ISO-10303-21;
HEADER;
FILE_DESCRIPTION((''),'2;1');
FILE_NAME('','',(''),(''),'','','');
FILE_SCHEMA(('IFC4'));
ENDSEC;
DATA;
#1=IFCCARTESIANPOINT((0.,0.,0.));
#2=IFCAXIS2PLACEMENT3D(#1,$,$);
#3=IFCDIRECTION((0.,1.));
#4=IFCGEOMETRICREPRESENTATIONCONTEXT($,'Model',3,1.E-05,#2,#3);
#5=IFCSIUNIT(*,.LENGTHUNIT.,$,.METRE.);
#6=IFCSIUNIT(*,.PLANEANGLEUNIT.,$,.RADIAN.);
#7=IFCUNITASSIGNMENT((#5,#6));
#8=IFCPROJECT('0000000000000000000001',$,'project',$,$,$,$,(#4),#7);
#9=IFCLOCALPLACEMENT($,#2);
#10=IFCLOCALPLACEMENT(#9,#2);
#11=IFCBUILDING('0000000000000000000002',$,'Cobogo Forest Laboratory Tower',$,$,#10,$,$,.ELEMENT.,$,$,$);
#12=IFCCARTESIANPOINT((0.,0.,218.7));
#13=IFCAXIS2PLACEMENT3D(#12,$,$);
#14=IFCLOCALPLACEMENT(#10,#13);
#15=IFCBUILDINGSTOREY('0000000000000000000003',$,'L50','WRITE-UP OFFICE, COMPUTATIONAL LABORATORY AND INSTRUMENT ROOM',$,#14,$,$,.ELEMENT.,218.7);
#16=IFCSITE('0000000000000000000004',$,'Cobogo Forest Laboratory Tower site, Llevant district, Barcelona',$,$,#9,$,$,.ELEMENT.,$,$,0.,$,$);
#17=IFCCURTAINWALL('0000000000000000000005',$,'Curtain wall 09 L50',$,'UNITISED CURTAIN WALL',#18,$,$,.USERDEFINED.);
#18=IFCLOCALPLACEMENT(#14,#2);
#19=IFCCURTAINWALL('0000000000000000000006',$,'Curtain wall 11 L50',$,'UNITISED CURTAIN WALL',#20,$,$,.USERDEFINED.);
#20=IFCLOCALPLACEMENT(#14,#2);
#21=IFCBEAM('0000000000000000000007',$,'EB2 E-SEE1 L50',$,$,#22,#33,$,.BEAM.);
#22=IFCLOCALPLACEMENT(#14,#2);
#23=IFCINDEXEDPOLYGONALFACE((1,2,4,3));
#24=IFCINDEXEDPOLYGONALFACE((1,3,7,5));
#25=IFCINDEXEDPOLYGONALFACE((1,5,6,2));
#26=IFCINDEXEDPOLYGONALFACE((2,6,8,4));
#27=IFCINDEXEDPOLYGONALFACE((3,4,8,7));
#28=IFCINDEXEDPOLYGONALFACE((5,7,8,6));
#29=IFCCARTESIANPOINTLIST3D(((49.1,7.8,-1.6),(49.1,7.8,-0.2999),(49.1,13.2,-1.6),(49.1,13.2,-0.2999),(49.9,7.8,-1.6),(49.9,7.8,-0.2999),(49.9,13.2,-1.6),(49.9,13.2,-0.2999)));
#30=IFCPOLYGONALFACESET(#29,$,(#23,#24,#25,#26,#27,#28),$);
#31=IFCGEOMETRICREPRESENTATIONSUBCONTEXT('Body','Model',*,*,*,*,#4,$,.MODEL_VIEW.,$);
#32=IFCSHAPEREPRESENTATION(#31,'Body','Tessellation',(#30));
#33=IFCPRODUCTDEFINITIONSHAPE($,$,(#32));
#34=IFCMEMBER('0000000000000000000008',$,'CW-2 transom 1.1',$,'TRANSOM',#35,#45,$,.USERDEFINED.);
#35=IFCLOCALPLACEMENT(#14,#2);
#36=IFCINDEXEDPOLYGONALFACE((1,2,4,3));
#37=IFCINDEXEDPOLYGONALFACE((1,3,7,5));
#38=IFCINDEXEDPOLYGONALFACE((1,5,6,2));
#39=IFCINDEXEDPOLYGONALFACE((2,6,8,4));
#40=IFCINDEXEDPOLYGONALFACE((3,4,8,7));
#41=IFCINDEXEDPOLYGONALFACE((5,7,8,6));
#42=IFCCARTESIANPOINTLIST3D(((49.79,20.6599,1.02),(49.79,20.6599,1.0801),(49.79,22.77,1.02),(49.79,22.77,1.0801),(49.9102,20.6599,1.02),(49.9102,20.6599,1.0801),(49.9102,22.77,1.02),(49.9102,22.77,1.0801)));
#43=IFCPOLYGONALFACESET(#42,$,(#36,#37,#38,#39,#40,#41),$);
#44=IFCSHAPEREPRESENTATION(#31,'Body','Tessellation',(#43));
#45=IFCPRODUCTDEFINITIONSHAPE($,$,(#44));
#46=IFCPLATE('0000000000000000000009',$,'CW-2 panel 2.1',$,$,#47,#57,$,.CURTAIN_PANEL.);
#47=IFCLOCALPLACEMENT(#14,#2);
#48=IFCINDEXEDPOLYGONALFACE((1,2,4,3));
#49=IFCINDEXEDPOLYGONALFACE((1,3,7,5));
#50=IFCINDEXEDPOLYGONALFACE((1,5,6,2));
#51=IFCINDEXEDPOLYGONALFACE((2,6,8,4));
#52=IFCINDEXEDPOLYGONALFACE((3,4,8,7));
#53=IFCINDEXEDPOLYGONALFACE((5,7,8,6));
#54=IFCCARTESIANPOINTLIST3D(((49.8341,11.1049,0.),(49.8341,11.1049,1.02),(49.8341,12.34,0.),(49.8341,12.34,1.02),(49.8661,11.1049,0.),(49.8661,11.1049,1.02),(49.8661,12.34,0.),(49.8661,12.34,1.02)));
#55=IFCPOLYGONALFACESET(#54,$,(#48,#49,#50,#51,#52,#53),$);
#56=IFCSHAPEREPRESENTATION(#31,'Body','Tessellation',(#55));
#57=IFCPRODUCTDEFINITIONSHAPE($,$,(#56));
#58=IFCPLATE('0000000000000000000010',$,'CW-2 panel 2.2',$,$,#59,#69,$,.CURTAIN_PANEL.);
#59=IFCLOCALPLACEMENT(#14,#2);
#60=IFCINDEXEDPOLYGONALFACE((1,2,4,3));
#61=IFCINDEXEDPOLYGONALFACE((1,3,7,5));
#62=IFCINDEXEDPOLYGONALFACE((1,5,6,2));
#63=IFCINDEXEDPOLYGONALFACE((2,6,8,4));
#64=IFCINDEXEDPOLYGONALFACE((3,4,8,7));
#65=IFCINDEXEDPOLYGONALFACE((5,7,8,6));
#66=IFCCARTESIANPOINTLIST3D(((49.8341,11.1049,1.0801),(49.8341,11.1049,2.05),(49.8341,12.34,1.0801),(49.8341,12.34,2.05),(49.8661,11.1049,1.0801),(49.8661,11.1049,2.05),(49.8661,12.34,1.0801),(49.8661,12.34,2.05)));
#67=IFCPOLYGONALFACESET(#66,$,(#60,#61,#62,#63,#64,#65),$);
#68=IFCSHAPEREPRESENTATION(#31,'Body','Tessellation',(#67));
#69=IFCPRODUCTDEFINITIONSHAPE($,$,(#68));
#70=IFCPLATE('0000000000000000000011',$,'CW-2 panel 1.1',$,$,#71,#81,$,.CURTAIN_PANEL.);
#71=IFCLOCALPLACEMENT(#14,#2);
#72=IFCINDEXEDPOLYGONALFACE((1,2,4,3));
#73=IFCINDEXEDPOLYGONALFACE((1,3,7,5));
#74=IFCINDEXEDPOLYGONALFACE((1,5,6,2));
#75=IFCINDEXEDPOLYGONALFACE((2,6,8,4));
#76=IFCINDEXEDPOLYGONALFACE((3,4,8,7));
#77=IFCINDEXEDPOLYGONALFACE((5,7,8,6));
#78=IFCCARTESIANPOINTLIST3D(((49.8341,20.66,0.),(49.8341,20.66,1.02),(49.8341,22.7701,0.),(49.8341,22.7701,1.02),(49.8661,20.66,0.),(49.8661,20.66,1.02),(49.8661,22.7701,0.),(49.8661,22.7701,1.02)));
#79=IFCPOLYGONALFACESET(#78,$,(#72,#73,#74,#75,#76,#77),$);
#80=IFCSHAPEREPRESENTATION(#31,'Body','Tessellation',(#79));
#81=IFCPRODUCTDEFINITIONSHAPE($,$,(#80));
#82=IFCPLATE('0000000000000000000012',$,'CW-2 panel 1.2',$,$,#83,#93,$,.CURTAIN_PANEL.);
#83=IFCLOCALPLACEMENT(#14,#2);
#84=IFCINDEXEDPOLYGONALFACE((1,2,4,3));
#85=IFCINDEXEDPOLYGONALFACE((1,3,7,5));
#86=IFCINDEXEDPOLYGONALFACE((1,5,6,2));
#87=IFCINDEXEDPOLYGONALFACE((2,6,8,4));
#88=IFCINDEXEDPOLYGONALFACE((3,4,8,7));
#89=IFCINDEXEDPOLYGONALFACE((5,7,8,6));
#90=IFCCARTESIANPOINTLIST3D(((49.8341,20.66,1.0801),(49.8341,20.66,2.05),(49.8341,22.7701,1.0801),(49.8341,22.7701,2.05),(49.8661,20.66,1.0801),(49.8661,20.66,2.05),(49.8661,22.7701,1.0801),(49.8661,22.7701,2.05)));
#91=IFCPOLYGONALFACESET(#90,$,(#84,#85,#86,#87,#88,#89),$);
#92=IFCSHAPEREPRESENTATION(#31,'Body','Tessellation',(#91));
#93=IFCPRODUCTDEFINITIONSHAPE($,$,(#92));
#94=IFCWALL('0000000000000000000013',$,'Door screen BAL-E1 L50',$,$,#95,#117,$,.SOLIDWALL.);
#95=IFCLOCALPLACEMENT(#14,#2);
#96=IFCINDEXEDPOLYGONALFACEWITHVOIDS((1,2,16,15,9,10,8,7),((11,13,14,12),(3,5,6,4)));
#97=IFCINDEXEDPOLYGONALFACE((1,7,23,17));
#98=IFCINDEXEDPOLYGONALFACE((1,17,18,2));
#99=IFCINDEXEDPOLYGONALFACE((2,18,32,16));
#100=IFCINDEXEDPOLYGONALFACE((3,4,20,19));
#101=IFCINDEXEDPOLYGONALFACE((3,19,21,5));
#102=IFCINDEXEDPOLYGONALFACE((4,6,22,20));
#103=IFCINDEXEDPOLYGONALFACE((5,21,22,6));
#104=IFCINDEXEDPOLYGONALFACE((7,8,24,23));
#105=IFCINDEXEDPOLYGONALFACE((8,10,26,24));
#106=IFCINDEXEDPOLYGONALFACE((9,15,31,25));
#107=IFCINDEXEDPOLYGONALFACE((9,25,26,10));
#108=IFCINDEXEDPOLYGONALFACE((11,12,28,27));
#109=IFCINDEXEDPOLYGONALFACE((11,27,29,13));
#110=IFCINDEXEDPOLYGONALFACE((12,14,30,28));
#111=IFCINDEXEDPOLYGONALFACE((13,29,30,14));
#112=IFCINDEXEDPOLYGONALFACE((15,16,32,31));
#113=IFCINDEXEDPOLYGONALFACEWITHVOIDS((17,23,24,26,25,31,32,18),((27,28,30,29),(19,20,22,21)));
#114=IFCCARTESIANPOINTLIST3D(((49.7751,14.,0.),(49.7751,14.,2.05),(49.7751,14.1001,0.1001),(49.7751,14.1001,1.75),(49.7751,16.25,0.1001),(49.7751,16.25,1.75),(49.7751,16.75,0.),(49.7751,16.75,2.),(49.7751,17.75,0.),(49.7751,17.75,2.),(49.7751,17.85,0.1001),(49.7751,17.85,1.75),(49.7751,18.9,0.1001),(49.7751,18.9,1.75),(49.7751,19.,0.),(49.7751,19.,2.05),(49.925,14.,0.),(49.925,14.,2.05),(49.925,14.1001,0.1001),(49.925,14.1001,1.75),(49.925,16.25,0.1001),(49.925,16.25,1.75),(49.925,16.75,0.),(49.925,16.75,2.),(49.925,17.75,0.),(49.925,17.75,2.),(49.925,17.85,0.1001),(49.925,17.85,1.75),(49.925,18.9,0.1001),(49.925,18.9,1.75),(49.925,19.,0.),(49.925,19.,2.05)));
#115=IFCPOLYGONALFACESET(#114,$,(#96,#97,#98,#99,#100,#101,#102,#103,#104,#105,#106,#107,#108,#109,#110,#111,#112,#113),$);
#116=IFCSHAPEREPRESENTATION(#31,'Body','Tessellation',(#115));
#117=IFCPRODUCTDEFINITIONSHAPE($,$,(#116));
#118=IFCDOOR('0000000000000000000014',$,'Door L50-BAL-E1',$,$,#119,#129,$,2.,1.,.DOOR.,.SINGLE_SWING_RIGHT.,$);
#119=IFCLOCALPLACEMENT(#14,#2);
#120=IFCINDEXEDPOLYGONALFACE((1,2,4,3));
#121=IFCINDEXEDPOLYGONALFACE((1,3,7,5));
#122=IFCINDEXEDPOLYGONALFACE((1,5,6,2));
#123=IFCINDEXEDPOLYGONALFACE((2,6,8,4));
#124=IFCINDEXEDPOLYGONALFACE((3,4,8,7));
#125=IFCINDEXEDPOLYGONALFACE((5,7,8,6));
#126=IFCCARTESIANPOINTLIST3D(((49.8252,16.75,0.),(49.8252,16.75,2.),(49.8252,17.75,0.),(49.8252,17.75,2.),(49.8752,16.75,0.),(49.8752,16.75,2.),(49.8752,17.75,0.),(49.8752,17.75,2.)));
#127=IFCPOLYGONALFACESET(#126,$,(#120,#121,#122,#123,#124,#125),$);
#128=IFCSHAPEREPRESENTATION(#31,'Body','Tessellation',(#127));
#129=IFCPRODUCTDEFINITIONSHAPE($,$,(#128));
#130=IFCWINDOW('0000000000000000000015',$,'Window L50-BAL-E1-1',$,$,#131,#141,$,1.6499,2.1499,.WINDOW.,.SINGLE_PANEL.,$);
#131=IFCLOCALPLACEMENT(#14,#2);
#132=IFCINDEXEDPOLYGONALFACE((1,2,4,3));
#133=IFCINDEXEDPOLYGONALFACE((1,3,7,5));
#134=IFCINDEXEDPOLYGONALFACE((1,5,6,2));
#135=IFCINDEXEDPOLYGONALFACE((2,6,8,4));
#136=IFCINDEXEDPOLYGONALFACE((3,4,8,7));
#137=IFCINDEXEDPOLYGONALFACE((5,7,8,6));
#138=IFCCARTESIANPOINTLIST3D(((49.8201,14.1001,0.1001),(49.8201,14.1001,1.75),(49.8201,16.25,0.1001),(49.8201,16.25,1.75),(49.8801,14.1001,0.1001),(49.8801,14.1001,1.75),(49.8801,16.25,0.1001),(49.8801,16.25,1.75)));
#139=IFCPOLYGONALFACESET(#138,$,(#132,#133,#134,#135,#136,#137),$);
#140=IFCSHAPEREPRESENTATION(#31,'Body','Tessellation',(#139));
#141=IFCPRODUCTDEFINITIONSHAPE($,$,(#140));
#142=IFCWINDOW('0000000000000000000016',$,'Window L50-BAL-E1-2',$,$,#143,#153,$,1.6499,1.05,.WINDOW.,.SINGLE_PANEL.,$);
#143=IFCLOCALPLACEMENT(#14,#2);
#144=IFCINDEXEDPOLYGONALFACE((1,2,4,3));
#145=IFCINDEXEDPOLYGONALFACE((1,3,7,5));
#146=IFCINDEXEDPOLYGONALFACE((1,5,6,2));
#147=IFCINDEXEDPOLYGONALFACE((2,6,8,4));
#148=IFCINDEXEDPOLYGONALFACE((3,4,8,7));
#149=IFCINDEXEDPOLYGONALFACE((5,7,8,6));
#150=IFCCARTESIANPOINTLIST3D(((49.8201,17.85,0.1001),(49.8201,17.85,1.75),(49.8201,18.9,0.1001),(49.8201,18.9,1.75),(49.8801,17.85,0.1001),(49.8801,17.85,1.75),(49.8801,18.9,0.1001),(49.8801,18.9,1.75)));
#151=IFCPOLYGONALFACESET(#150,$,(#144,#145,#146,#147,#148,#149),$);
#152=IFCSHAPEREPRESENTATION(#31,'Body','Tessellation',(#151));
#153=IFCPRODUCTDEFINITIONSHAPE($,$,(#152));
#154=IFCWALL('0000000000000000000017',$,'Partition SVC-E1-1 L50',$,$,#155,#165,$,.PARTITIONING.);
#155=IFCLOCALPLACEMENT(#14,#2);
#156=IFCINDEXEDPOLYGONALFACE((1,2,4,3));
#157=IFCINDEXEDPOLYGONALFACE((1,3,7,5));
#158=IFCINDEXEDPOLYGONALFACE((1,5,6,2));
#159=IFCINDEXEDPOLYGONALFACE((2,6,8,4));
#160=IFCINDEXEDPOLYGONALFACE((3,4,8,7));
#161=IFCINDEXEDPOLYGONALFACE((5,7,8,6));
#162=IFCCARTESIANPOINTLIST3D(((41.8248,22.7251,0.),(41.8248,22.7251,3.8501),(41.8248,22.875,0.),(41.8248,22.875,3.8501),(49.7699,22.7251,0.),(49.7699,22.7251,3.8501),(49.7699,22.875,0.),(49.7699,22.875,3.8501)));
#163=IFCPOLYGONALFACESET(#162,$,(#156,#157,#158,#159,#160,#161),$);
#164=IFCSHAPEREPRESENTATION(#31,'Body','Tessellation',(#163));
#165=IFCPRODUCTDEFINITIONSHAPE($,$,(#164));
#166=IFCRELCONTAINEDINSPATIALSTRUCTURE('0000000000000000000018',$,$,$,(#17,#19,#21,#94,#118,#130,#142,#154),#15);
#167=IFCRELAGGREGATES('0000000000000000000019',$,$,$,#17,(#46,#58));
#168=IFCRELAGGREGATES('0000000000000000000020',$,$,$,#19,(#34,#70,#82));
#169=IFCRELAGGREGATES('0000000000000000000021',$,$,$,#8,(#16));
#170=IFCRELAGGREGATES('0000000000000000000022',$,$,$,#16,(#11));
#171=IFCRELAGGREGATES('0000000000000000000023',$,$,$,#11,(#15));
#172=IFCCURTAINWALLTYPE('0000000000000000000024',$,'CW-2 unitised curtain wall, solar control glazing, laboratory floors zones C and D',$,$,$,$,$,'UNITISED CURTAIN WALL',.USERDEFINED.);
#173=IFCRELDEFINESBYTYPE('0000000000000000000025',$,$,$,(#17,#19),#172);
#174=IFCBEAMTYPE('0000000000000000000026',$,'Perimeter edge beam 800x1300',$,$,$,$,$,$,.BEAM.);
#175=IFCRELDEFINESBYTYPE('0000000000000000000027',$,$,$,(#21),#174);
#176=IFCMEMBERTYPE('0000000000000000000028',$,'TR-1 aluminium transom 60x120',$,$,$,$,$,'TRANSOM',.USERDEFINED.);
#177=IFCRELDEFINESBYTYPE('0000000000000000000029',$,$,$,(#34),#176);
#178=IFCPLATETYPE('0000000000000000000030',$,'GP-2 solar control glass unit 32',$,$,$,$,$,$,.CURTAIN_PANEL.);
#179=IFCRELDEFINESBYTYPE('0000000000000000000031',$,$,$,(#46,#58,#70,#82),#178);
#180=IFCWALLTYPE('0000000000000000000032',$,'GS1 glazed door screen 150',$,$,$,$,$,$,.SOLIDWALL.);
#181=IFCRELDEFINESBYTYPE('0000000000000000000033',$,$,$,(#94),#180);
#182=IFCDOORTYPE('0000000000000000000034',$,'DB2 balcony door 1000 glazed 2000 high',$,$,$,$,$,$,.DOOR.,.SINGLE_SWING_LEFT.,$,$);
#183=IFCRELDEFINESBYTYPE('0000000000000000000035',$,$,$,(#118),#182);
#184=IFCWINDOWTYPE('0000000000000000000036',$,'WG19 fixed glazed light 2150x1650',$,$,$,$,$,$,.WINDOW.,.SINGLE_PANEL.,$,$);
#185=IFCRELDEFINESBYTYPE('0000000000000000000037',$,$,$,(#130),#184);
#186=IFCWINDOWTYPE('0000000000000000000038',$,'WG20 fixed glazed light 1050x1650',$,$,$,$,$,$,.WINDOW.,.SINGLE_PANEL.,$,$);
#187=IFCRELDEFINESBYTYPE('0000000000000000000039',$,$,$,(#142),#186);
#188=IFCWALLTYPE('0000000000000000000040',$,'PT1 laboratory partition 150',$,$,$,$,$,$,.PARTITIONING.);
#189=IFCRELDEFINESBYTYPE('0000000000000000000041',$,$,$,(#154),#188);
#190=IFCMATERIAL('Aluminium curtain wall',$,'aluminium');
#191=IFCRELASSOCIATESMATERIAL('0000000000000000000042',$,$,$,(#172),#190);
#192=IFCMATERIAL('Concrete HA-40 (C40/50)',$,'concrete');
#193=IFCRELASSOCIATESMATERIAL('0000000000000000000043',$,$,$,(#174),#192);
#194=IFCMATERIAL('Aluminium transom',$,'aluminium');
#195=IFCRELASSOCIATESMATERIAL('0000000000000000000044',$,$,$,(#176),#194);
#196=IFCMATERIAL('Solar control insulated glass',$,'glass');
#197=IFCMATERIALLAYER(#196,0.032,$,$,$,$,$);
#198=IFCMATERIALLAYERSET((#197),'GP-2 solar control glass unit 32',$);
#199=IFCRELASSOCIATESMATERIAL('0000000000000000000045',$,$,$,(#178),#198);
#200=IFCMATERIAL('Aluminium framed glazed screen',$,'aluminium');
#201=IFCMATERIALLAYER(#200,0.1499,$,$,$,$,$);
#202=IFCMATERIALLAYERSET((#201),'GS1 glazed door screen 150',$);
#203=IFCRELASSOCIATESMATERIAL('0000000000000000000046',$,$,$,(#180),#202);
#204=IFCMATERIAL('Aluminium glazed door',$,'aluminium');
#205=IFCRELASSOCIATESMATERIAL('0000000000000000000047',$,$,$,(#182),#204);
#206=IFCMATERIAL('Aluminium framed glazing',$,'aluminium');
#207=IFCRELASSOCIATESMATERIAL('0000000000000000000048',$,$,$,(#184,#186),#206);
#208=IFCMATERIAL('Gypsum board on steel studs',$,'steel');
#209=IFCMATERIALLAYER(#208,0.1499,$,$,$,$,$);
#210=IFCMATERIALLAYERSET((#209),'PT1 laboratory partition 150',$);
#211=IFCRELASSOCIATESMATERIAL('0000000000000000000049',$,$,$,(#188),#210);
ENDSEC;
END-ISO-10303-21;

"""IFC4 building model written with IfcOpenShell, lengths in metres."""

from ifc_helpers import new_model, si_unit, direction, frame, frame_2d, origin, origin_2d, place, context, subcontext, project, spatial, rectangle, extrude, material, layer, layer_set, material_profile, profile_set, type_object, element, fill, aggregate, save


model = new_model("IFC4")

# Units and contexts
model_context = context("Model", 3, precision=1e-05, world=origin(), true_north=direction((0.0, 1.0)))
body_context = subcontext(model_context, "Body", "Model", "MODEL_VIEW")
ifc_project = project(units=[si_unit("LENGTHUNIT", "METRE"), si_unit("PLANEANGLEUNIT", "RADIAN")], contexts=[model_context])

# Site, building, storey
site_placement = place(None, origin())
site = spatial("IfcSite", under=ifc_project, at=site_placement, Name="Cobogo Forest Laboratory Tower site, Llevant district, Barcelona", CompositionType="ELEMENT", RefElevation=0.0)
building_placement = place(site_placement, origin())
building = spatial("IfcBuilding", under=site, at=building_placement, Name="Cobogo Forest Laboratory Tower", CompositionType="ELEMENT")
storey_placement = place(building_placement, frame((0.0, 0.0, 218.7)))
storey = spatial("IfcBuildingStorey", under=building, at=storey_placement, Name="L50", Description="WRITE-UP OFFICE, COMPUTATIONAL LABORATORY AND INSTRUMENT ROOM", CompositionType="ELEMENT", Elevation=218.7)

# Shared definitions
ifc_material_1 = material(Name="Concrete HA-40 (C40/50)", Category="concrete")

# Curtain wall
ifc_material_2 = material(Name="Aluminium curtain wall", Category="aluminium")
curtain_wall_type = type_object("IfcCurtainWallType", Name="CW-2 unitised curtain wall, solar control glazing, laboratory floors zones C and D", ElementType="UNITISED CURTAIN WALL", PredefinedType="USERDEFINED", material=ifc_material_2)
curtain_wall_1_placement = place(storey_placement, origin())
curtain_wall_1 = element("IfcCurtainWall", 1, at=curtain_wall_1_placement, inside=storey, type_object=curtain_wall_type, Name="Curtain wall 09 L50", ObjectType="UNITISED CURTAIN WALL", PredefinedType="USERDEFINED")

# Curtain wall
curtain_wall_2_placement = place(storey_placement, origin())
curtain_wall_2 = element("IfcCurtainWall", 2, at=curtain_wall_2_placement, inside=storey, type_object=curtain_wall_type, Name="Curtain wall 11 L50", ObjectType="UNITISED CURTAIN WALL", PredefinedType="USERDEFINED")

# Beam
ifc_material_profile_1 = material_profile(ifc_material_1, rectangle(XDim=0.8, YDim=1.3, at=origin_2d()), Name="RC 800x1300")
ifc_profile_set_1 = profile_set([ifc_material_profile_1], Name="Concrete HA-40 (C40/50)")
beam_type_1 = type_object("IfcBeamType", Name="Perimeter edge beam 800x1300", PredefinedType="BEAM", material=ifc_profile_set_1)
beam_1_placement = place(storey_placement, frame((49.5, 13.2, -0.95), z_axis=(0.0, -1.0, 0.0), x_axis=(1.0, 0.0, 0.0)))
element("IfcBeam", 3, at=beam_1_placement, inside=storey, type_object=beam_type_1, Name="EB2 E-SEE1 L50", PredefinedType="BEAM", context=body_context, shape_type="SweptSolid", body=[
    extrude(rectangle(XDim=0.8, YDim=1.3, at=origin_2d()), origin(), (0.0, 0.0, 1.0), 5.3999),
])

# Member
ifc_material_3 = material(Name="Aluminium transom", Category="aluminium")
ifc_material_profile_2 = material_profile(ifc_material_3, rectangle(XDim=0.1201, YDim=0.0601, at=origin_2d()), Name="AL 60x120")
ifc_profile_set_2 = profile_set([ifc_material_profile_2], Name="Aluminium transom")
member_type_1 = type_object("IfcMemberType", Name="TR-1 aluminium transom 60x120", ElementType="TRANSOM", PredefinedType="USERDEFINED", material=ifc_profile_set_2)
member_1_placement = place(storey_placement, frame((49.8501, 20.6599, 1.05), z_axis=(0.0, 1.0, 0.0), x_axis=(-1.0, 0.0, 0.0)))
member_1 = element("IfcMember", 4, at=member_1_placement, type_object=member_type_1, Name="CW-2 transom 1.1", ObjectType="TRANSOM", PredefinedType="USERDEFINED", context=body_context, shape_type="SweptSolid", body=[
    extrude(rectangle(XDim=0.1201, YDim=0.0601, at=origin_2d()), origin(), (0.0, 0.0, 1.0), 2.1101),
])

# Plates
ifc_material_4 = material(Name="Solar control insulated glass", Category="glass")
ifc_layer_1 = layer(ifc_material_4, 0.032)
ifc_layer_set_1 = layer_set([ifc_layer_1], Name="GP-2 solar control glass unit 32")
plate_type = type_object("IfcPlateType", Name="GP-2 solar control glass unit 32", PredefinedType="CURTAIN_PANEL", material=ifc_layer_set_1)
plate_1_placement = place(storey_placement, frame((49.8501, 11.7224, 0.0), z_axis=(0.0, 0.0, 1.0), x_axis=(0.0, 1.0, 0.0)))
plate_1 = element("IfcPlate", 5, at=plate_1_placement, type_object=plate_type, Name="CW-2 panel 2.1", PredefinedType="CURTAIN_PANEL", context=body_context, shape_type="SweptSolid", body=[
    extrude(rectangle(XDim=1.2351, YDim=0.032, at=origin_2d()), origin(), (0.0, 0.0, 1.0), 1.02),
])
plate_2_placement = place(storey_placement, frame((49.8501, 11.7224, 1.0801), z_axis=(0.0, 0.0, 1.0), x_axis=(0.0, 1.0, 0.0)))
plate_2 = element("IfcPlate", 6, at=plate_2_placement, type_object=plate_type, Name="CW-2 panel 2.2", PredefinedType="CURTAIN_PANEL", context=body_context, shape_type="SweptSolid", body=[
    extrude(rectangle(XDim=1.2351, YDim=0.032, at=origin_2d()), origin(), (0.0, 0.0, 1.0), 0.97),
])
aggregate(curtain_wall_1, [plate_1, plate_2])
plate_3_placement = place(storey_placement, frame((49.8501, 21.7151, 0.0), z_axis=(0.0, 0.0, 1.0), x_axis=(0.0, 1.0, 0.0)))
plate_3 = element("IfcPlate", 7, at=plate_3_placement, type_object=plate_type, Name="CW-2 panel 1.1", PredefinedType="CURTAIN_PANEL", context=body_context, shape_type="SweptSolid", body=[
    extrude(rectangle(XDim=2.1101, YDim=0.032, at=origin_2d()), origin(), (0.0, 0.0, 1.0), 1.02),
])
plate_4_placement = place(storey_placement, frame((49.8501, 21.7151, 1.0801), z_axis=(0.0, 0.0, 1.0), x_axis=(0.0, 1.0, 0.0)))
plate_4 = element("IfcPlate", 8, at=plate_4_placement, type_object=plate_type, Name="CW-2 panel 1.2", PredefinedType="CURTAIN_PANEL", context=body_context, shape_type="SweptSolid", body=[
    extrude(rectangle(XDim=2.1101, YDim=0.032, at=origin_2d()), origin(), (0.0, 0.0, 1.0), 0.97),
])
aggregate(curtain_wall_2, [member_1, plate_3, plate_4])

# Wall, openings, door, windows
ifc_material_5 = material(Name="Aluminium framed glazed screen", Category="aluminium")
ifc_layer_2 = layer(ifc_material_5, 0.1499)
ifc_layer_set_2 = layer_set([ifc_layer_2], Name="GS1 glazed door screen 150")
wall_type_1 = type_object("IfcWallType", Name="GS1 glazed door screen 150", PredefinedType="SOLIDWALL", material=ifc_layer_set_2)
wall_1_placement = place(storey_placement, frame((49.8501, 14.0, 0.0), z_axis=(0.0, 0.0, 1.0), x_axis=(0.0, 1.0, 0.0)))
wall_1 = element("IfcWall", 9, at=wall_1_placement, inside=storey, type_object=wall_type_1, Name="Door screen BAL-E1 L50", PredefinedType="SOLIDWALL", context=body_context, shape_type="SweptSolid", body=[
    extrude(rectangle(XDim=5.0, YDim=0.1499, at=frame_2d((2.5, 0.0))), origin(), (0.0, 0.0, 1.0), 2.05),
])
opening_1_placement = place(wall_1_placement, frame((2.75, 0.0, 0.0)))
opening_1 = element("IfcOpeningElement", 10, at=opening_1_placement, cuts=wall_1, PredefinedType="OPENING", context=body_context, shape_type="SweptSolid", body=[
    extrude(rectangle(XDim=1.0, YDim=2.0, at=frame_2d((0.5, 1.0))), frame((0.0, 0.085, 0.0), z_axis=(0.0, -1.0, 0.0), x_axis=(1.0, 0.0, 0.0)), (0.0, 0.0, 1.0), 0.1699),
])
opening_2_placement = place(wall_1_placement, frame((0.1001, 0.0, 0.1001)))
opening_2 = element("IfcOpeningElement", 11, at=opening_2_placement, cuts=wall_1, PredefinedType="OPENING", context=body_context, shape_type="SweptSolid", body=[
    extrude(rectangle(XDim=2.1499, YDim=1.6499, at=frame_2d((1.075, 0.825))), frame((0.0, 0.085, 0.0), z_axis=(0.0, -1.0, 0.0), x_axis=(1.0, 0.0, 0.0)), (0.0, 0.0, 1.0), 0.1699),
])
opening_3_placement = place(wall_1_placement, frame((3.8501, 0.0, 0.1001)))
opening_3 = element("IfcOpeningElement", 12, at=opening_3_placement, cuts=wall_1, PredefinedType="OPENING", context=body_context, shape_type="SweptSolid", body=[
    extrude(rectangle(XDim=1.05, YDim=1.6499, at=frame_2d((0.5249, 0.825))), frame((0.0, 0.085, 0.0), z_axis=(0.0, -1.0, 0.0), x_axis=(1.0, 0.0, 0.0)), (0.0, 0.0, 1.0), 0.1699),
])
ifc_material_6 = material(Name="Aluminium glazed door", Category="aluminium")
door_type = type_object("IfcDoorType", Name="DB2 balcony door 1000 glazed 2000 high", OperationType="SINGLE_SWING_LEFT", PredefinedType="DOOR", material=ifc_material_6)
door_placement = place(opening_1_placement, origin())
door = element("IfcDoor", 13, at=door_placement, inside=storey, type_object=door_type, Name="Door L50-BAL-E1", OperationType="SINGLE_SWING_RIGHT", OverallHeight=2.0, OverallWidth=1.0, PredefinedType="DOOR", context=body_context, shape_type="SweptSolid", body=[
    extrude(rectangle(XDim=1.0, YDim=2.0, at=frame_2d((0.5, 1.0))), frame((0.0, 0.0249, 0.0), z_axis=(0.0, -1.0, 0.0), x_axis=(1.0, 0.0, 0.0)), (0.0, 0.0, 1.0), 0.05),
])
fill(opening_1, door)
ifc_material_7 = material(Name="Aluminium framed glazing", Category="aluminium")
window_type_1 = type_object("IfcWindowType", Name="WG19 fixed glazed light 2150x1650", PartitioningType="SINGLE_PANEL", PredefinedType="WINDOW", material=ifc_material_7)
window_1_placement = place(opening_2_placement, origin())
window_1 = element("IfcWindow", 14, at=window_1_placement, inside=storey, type_object=window_type_1, Name="Window L50-BAL-E1-1", OverallHeight=1.6499, OverallWidth=2.1499, PartitioningType="SINGLE_PANEL", PredefinedType="WINDOW", context=body_context, shape_type="SweptSolid", body=[
    extrude(rectangle(XDim=2.1499, YDim=1.6499, at=frame_2d((1.075, 0.825))), frame((0.0, 0.03, 0.0), z_axis=(0.0, -1.0, 0.0), x_axis=(1.0, 0.0, 0.0)), (0.0, 0.0, 1.0), 0.0601),
])
fill(opening_2, window_1)
window_type_2 = type_object("IfcWindowType", Name="WG20 fixed glazed light 1050x1650", PartitioningType="SINGLE_PANEL", PredefinedType="WINDOW", material=ifc_material_7)
window_2_placement = place(opening_3_placement, origin())
window_2 = element("IfcWindow", 15, at=window_2_placement, inside=storey, type_object=window_type_2, Name="Window L50-BAL-E1-2", OverallHeight=1.6499, OverallWidth=1.05, PartitioningType="SINGLE_PANEL", PredefinedType="WINDOW", context=body_context, shape_type="SweptSolid", body=[
    extrude(rectangle(XDim=1.05, YDim=1.6499, at=frame_2d((0.5249, 0.825))), frame((0.0, 0.03, 0.0), z_axis=(0.0, -1.0, 0.0), x_axis=(1.0, 0.0, 0.0)), (0.0, 0.0, 1.0), 0.0601),
])
fill(opening_3, window_2)

# Wall
ifc_material_8 = material(Name="Gypsum board on steel studs", Category="steel")
ifc_layer_3 = layer(ifc_material_8, 0.1499)
ifc_layer_set_3 = layer_set([ifc_layer_3], Name="PT1 laboratory partition 150")
wall_type_2 = type_object("IfcWallType", Name="PT1 laboratory partition 150", PredefinedType="PARTITIONING", material=ifc_layer_set_3)
wall_2_placement = place(storey_placement, frame((49.77, 22.8, 0.0), z_axis=(0.0, 0.0, 1.0), x_axis=(-1.0, 0.0, 0.0)))
element("IfcWall", 16, at=wall_2_placement, inside=storey, type_object=wall_type_2, Name="Partition SVC-E1-1 L50", PredefinedType="PARTITIONING", context=body_context, shape_type="SweptSolid", body=[
    extrude(rectangle(XDim=7.9451, YDim=0.1499, at=frame_2d((3.9727, 0.0))), origin(), (0.0, 0.0, 1.0), 3.8501),
])

save(model, "model.ifc")
